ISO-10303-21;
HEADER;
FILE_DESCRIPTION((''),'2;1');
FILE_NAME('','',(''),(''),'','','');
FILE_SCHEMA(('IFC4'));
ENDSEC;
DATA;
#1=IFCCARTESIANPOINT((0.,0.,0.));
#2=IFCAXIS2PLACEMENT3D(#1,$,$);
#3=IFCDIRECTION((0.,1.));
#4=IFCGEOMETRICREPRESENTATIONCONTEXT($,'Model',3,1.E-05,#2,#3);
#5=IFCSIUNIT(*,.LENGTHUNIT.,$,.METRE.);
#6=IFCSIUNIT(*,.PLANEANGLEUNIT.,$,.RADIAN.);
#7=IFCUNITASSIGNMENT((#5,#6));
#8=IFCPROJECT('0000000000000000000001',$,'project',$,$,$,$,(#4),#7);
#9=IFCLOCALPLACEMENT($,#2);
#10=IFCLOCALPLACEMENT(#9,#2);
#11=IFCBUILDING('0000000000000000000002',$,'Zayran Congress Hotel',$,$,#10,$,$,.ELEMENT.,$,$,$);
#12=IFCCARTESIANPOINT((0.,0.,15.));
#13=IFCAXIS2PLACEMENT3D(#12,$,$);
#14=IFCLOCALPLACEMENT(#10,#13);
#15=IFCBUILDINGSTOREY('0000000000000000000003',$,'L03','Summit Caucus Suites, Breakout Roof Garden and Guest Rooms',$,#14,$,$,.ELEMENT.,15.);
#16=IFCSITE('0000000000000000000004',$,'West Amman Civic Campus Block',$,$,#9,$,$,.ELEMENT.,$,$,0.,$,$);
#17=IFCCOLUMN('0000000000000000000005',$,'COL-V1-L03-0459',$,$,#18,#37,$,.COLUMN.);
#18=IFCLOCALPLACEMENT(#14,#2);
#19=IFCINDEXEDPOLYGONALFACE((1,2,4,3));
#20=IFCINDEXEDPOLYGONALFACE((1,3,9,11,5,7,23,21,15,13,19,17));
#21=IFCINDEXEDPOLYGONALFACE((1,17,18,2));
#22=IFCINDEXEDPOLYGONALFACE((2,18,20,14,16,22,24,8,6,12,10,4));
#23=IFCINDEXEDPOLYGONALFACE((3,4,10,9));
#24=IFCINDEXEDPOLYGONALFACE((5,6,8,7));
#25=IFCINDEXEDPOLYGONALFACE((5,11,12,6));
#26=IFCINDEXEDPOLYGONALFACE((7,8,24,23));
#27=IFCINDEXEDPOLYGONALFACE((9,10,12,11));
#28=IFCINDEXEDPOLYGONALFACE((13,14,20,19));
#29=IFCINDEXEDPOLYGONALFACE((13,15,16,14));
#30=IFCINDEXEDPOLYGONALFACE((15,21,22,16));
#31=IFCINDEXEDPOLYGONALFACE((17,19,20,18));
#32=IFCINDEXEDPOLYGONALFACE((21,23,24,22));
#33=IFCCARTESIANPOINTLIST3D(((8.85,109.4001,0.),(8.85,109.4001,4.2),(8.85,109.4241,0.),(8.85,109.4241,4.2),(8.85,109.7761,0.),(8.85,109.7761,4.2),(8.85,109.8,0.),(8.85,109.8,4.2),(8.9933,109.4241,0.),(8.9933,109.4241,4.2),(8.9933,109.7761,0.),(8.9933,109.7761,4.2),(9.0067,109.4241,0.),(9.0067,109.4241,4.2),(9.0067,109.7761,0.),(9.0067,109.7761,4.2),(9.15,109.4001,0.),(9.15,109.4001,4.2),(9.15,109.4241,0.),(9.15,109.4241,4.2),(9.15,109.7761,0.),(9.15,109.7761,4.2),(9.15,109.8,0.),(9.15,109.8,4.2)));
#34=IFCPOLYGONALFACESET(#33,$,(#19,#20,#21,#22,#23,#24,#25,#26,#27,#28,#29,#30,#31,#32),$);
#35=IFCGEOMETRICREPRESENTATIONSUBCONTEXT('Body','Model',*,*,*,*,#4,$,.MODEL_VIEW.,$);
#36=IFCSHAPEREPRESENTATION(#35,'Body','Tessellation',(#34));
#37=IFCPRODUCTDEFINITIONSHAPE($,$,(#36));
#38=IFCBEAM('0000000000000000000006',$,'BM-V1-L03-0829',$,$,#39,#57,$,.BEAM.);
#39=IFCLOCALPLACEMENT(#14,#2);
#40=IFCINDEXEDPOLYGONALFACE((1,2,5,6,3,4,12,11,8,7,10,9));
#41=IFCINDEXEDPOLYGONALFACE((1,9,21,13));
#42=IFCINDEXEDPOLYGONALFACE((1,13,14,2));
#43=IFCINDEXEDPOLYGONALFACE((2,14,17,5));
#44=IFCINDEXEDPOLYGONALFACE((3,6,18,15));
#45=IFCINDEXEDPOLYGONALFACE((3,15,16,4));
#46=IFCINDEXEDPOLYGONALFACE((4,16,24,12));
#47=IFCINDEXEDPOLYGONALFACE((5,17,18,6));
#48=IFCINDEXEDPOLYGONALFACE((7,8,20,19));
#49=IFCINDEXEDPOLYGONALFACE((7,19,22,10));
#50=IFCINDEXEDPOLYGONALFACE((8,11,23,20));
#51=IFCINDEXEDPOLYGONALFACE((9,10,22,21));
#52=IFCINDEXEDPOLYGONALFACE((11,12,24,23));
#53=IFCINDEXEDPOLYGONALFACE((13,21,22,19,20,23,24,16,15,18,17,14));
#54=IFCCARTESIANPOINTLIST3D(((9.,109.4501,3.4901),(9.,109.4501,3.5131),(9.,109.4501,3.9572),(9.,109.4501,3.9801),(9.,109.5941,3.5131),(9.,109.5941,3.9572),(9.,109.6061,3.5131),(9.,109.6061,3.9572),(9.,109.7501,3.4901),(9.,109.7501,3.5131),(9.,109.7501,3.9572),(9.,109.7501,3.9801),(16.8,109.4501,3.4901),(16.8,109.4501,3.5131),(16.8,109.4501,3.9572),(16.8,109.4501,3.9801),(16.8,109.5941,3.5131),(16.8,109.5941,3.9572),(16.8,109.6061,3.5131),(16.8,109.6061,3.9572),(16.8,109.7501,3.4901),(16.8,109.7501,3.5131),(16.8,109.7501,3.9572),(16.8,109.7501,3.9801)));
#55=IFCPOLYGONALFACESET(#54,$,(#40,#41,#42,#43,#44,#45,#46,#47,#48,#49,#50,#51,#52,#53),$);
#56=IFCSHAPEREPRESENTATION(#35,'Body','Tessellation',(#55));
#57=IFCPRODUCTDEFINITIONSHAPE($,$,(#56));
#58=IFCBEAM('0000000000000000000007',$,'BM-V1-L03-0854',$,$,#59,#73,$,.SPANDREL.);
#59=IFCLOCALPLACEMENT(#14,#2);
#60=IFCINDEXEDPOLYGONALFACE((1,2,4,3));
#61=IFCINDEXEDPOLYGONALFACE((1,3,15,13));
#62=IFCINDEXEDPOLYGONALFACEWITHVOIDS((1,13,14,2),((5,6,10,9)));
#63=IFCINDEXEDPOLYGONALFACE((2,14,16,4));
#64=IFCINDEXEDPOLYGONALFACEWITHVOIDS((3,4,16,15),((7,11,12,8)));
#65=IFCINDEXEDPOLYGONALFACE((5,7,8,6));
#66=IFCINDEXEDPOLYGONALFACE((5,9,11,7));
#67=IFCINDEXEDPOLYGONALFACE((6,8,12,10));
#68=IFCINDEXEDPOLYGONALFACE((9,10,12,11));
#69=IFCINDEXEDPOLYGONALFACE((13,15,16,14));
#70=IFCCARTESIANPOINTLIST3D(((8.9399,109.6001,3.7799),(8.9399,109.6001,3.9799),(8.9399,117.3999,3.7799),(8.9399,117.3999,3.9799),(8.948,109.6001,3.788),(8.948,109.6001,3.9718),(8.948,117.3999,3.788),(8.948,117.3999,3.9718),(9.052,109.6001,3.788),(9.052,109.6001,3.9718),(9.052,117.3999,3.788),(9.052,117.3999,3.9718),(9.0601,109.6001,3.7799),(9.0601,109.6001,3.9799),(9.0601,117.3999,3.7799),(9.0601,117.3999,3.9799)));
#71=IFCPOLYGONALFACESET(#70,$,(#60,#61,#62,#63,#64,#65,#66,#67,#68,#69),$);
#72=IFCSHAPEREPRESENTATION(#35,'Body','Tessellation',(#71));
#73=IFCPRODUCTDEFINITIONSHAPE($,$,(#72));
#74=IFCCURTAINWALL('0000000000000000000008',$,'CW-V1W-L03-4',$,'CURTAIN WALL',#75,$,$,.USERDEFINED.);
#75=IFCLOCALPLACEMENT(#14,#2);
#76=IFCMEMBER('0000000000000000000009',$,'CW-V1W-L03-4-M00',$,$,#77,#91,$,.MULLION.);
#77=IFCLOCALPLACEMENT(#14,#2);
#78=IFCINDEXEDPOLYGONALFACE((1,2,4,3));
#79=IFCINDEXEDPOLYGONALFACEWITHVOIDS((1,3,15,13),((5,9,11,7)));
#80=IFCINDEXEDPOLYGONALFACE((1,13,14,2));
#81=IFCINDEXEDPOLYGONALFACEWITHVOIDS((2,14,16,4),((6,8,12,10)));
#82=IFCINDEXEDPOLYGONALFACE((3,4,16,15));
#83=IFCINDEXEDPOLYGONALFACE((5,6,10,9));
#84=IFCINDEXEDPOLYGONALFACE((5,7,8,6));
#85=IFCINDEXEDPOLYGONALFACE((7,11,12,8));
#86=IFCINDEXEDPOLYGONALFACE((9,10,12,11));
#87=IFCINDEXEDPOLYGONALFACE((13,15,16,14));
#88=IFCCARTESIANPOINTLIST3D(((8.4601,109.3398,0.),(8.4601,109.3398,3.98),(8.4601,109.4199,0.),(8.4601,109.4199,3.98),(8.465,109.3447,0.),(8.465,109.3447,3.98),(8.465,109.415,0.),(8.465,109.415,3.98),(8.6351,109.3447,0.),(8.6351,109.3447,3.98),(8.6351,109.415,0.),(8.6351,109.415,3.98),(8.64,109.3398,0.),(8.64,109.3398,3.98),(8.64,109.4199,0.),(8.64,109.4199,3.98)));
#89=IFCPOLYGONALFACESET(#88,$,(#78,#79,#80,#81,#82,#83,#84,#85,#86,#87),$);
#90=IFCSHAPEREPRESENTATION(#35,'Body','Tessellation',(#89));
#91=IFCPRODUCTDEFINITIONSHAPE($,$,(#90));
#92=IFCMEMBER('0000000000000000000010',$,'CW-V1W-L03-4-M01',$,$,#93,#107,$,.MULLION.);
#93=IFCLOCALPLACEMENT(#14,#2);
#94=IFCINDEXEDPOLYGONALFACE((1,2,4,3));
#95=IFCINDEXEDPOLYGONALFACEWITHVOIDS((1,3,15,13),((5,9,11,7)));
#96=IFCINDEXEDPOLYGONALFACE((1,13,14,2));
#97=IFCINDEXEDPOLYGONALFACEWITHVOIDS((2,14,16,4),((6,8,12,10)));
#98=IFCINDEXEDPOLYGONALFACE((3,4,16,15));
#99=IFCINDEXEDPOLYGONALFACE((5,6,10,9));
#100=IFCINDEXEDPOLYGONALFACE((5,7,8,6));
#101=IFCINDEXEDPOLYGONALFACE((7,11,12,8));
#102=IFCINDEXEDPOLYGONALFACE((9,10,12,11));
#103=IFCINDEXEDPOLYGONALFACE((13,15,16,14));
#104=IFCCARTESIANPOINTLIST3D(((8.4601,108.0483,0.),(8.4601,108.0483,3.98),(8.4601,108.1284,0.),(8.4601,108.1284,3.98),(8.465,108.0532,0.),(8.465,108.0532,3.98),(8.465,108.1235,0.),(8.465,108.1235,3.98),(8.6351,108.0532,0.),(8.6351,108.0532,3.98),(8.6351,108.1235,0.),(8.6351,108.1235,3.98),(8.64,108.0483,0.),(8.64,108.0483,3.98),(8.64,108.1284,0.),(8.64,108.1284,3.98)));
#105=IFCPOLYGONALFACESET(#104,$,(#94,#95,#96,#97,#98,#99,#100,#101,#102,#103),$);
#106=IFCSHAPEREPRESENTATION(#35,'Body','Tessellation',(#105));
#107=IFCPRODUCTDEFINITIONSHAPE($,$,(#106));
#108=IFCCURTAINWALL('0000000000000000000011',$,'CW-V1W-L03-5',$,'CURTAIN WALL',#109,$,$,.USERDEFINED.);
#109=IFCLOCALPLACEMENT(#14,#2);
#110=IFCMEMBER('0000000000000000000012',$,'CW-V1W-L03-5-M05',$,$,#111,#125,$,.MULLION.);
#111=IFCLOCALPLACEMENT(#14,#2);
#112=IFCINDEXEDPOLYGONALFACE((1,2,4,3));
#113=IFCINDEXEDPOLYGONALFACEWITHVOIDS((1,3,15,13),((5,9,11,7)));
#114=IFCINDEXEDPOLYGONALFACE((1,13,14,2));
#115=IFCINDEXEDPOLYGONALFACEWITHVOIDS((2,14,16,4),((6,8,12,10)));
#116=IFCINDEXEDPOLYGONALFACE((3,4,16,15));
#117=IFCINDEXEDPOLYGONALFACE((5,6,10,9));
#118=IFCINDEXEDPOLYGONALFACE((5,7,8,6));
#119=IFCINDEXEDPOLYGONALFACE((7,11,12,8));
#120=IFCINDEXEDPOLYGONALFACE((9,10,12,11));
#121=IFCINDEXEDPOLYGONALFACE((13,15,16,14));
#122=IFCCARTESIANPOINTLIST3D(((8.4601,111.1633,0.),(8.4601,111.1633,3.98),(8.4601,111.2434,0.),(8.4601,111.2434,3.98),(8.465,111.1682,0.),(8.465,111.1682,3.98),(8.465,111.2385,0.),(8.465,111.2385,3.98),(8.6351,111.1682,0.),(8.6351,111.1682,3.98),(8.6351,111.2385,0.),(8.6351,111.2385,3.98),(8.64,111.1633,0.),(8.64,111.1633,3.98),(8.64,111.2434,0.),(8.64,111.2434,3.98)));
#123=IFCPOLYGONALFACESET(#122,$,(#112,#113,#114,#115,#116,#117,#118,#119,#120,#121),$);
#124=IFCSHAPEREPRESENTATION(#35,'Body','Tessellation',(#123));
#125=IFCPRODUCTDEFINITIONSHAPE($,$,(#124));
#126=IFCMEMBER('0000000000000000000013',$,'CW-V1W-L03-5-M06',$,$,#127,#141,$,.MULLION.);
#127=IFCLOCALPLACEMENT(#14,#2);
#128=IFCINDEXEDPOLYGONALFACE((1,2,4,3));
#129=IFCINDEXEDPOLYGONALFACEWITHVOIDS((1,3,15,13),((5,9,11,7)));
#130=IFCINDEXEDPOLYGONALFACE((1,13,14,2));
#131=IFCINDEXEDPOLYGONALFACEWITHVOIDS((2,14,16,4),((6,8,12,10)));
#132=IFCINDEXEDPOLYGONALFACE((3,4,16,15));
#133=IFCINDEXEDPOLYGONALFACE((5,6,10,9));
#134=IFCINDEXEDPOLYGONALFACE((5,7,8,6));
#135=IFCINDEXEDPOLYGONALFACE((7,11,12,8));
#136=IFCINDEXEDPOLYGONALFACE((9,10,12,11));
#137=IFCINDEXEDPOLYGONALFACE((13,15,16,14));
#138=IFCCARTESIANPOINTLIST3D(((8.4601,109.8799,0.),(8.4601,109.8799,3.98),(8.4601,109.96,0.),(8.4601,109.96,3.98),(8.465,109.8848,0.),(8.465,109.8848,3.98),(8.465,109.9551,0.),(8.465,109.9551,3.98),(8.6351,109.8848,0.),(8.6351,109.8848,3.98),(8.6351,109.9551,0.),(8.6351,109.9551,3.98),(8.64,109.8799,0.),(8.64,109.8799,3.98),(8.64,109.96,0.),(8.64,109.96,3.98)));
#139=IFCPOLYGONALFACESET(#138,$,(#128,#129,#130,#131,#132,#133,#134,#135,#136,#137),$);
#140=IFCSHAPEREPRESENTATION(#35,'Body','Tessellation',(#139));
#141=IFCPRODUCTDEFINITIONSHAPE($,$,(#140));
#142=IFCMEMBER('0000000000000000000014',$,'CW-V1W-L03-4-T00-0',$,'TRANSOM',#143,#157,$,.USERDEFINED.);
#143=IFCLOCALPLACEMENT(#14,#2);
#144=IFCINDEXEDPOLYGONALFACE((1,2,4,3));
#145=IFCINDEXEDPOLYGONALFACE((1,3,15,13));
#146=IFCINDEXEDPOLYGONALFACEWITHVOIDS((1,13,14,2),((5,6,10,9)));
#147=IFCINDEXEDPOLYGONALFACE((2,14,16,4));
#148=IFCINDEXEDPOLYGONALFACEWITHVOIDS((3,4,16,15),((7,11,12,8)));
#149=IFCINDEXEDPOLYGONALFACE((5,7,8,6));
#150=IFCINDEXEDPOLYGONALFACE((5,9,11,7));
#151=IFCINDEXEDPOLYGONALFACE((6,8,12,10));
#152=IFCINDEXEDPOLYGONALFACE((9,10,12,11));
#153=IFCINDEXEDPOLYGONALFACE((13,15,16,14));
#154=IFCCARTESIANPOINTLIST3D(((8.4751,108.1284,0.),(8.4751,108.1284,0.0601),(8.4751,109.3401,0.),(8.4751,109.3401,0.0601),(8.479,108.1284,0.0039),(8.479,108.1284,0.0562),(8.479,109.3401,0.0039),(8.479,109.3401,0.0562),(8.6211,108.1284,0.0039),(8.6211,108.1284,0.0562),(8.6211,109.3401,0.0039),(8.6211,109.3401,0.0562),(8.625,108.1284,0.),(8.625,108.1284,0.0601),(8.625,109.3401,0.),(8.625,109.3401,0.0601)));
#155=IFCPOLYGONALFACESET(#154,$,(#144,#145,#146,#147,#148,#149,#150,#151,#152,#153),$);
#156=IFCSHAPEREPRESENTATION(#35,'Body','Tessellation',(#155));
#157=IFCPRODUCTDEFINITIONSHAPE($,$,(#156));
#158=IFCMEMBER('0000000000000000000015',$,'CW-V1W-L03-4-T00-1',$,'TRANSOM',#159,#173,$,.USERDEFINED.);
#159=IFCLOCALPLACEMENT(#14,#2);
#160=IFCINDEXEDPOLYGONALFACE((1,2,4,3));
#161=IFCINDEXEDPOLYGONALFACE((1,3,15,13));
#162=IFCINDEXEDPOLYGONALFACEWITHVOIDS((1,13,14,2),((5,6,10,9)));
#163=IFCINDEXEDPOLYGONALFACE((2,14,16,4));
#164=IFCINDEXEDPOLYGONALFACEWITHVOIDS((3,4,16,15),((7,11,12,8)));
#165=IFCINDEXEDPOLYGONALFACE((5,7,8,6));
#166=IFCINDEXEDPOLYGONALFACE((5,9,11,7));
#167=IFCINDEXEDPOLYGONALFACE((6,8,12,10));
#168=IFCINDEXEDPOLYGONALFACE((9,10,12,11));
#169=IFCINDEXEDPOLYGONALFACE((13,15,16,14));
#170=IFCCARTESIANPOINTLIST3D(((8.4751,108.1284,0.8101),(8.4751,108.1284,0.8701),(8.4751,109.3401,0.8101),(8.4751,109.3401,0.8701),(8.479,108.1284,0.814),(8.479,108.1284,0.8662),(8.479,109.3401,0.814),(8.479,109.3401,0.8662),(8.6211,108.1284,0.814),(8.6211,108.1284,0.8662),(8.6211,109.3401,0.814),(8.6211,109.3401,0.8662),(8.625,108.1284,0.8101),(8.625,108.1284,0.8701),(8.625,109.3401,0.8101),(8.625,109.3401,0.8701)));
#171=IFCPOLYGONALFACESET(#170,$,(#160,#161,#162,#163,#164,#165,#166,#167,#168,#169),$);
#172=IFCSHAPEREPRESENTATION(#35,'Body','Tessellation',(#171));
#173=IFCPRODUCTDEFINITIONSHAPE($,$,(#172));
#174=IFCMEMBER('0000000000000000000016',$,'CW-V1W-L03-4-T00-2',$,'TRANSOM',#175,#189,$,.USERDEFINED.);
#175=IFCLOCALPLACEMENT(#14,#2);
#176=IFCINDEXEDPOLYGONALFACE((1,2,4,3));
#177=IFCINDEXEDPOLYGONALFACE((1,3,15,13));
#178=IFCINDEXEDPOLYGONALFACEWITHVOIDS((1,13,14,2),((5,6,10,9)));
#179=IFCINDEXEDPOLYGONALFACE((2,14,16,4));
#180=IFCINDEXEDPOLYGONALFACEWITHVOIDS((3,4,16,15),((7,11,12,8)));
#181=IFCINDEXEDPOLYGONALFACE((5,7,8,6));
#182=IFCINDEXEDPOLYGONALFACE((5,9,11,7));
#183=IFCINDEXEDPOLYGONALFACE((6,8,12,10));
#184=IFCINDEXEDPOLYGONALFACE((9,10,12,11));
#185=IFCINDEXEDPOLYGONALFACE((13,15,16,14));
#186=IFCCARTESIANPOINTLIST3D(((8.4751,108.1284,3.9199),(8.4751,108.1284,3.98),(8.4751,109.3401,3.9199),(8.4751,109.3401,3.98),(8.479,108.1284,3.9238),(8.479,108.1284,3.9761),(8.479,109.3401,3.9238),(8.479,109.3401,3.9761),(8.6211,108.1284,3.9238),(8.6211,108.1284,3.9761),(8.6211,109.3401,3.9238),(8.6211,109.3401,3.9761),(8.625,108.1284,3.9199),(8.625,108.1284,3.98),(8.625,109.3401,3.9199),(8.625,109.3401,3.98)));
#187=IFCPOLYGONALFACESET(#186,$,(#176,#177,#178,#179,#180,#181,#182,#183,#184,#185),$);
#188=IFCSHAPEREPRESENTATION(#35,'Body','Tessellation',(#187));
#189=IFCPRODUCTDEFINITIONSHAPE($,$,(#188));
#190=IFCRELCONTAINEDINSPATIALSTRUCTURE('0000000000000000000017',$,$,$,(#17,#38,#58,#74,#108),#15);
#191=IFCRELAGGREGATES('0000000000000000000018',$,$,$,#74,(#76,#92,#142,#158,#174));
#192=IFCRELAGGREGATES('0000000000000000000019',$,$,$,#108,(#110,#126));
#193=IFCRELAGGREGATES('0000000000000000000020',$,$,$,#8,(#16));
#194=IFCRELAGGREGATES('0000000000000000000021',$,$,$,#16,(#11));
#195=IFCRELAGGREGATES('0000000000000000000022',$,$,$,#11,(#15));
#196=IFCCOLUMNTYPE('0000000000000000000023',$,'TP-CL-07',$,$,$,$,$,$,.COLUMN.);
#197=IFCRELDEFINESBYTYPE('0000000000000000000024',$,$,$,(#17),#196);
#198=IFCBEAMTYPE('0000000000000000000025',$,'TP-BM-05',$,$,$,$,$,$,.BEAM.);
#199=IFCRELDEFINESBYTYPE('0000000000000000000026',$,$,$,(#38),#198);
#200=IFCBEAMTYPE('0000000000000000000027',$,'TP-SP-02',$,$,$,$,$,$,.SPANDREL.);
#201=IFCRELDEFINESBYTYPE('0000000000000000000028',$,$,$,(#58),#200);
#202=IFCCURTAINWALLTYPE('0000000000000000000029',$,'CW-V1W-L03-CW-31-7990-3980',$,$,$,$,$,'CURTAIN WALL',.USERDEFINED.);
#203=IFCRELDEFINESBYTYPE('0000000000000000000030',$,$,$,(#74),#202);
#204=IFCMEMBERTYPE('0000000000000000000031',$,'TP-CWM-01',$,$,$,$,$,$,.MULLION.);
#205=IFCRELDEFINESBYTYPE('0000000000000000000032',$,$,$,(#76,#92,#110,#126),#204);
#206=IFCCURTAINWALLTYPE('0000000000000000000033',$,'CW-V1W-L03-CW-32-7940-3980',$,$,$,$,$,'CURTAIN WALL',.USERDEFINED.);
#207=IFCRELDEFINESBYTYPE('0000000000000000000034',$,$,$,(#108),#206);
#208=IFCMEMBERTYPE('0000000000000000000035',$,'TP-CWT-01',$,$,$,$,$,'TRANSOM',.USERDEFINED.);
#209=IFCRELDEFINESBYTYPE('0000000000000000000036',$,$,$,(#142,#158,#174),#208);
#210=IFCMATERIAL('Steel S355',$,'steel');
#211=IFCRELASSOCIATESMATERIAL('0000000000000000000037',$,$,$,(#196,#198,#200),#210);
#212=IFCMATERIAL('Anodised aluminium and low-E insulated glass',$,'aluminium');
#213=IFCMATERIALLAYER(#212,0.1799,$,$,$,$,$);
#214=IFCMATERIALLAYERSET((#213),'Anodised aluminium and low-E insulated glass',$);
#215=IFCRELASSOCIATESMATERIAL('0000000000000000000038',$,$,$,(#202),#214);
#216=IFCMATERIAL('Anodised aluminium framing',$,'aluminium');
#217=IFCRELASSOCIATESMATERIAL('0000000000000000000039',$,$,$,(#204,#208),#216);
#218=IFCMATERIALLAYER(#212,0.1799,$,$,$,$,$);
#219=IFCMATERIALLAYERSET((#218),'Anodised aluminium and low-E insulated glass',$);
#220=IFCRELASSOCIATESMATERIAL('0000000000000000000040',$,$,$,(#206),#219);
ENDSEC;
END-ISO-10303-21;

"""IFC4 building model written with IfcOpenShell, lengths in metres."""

from ifc_helpers import new_model, si_unit, direction, frame, origin, origin_2d, place, context, subcontext, project, spatial, hollow_rectangle, i_section, extrude, material, layer, layer_set, material_profile, profile_set, type_object, element, aggregate, save


model = new_model("IFC4")

# Units and contexts
model_context = context("Model", 3, precision=1e-05, world=origin(), true_north=direction((0.0, 1.0)))
body_context = subcontext(model_context, "Body", "Model", "MODEL_VIEW")
ifc_project = project(units=[si_unit("LENGTHUNIT", "METRE"), si_unit("PLANEANGLEUNIT", "RADIAN")], contexts=[model_context])

# Site, building, storey
site_placement = place(None, origin())
site = spatial("IfcSite", under=ifc_project, at=site_placement, Name="West Amman Civic Campus Block", CompositionType="ELEMENT", RefElevation=0.0)
building_placement = place(site_placement, origin())
building = spatial("IfcBuilding", under=site, at=building_placement, Name="Zayran Congress Hotel", CompositionType="ELEMENT")
storey_placement = place(building_placement, frame((0.0, 0.0, 15.0)))
storey = spatial("IfcBuildingStorey", under=building, at=storey_placement, Name="L03", Description="Summit Caucus Suites, Breakout Roof Garden and Guest Rooms", CompositionType="ELEMENT", Elevation=15.0)

# Column
ifc_material_1 = material(Name="Steel S355", Category="steel")
ifc_material_profile_1 = material_profile(ifc_material_1, i_section(OverallWidth=0.3, OverallDepth=0.3999, WebThickness=0.0134, FlangeThickness=0.0239, at=origin_2d()), Name="HEB 400")
ifc_profile_set_1 = profile_set([ifc_material_profile_1], Name="Steel S355")
column_type = type_object("IfcColumnType", Name="TP-CL-07", PredefinedType="COLUMN", material=ifc_profile_set_1)
column_placement = place(storey_placement, frame((9.0, 109.6001, 0.0), z_axis=(0.0, 0.0, 1.0), x_axis=(1.0, 0.0, 0.0)))
element("IfcColumn", 1, at=column_placement, inside=storey, type_object=column_type, Name="COL-V1-L03-0459", PredefinedType="COLUMN", context=body_context, shape_type="SweptSolid", body=[
    extrude(i_section(OverallWidth=0.3, OverallDepth=0.3999, WebThickness=0.0134, FlangeThickness=0.0239, at=origin_2d()), origin(), (0.0, 0.0, 1.0), 4.2),
])

# Beams
ifc_material_profile_2 = material_profile(ifc_material_1, i_section(OverallWidth=0.3, OverallDepth=0.49, WebThickness=0.012, FlangeThickness=0.0229, at=origin_2d()), Name="HEA 500")
ifc_profile_set_2 = profile_set([ifc_material_profile_2], Name="Steel S355")
beam_type_1 = type_object("IfcBeamType", Name="TP-BM-05", PredefinedType="BEAM", material=ifc_profile_set_2)
beam_1_placement = place(storey_placement, frame((9.0, 109.6001, 3.7351), z_axis=(1.0, 0.0, 0.0), x_axis=(0.0, 1.0, 0.0)))
element("IfcBeam", 2, at=beam_1_placement, inside=storey, type_object=beam_type_1, Name="BM-V1-L03-0829", PredefinedType="BEAM", context=body_context, shape_type="SweptSolid", body=[
    extrude(i_section(OverallWidth=0.3, OverallDepth=0.49, WebThickness=0.012, FlangeThickness=0.0229, at=origin_2d()), origin(), (0.0, 0.0, 1.0), 7.8),
])
ifc_material_profile_3 = material_profile(ifc_material_1, hollow_rectangle(XDim=0.1201, YDim=0.2, WallThickness=0.0081, at=origin_2d()), Name="RHS 200x120x8")
ifc_profile_set_3 = profile_set([ifc_material_profile_3], Name="Steel S355")
beam_type_2 = type_object("IfcBeamType", Name="TP-SP-02", PredefinedType="SPANDREL", material=ifc_profile_set_3)
beam_2_placement = place(storey_placement, frame((9.0, 109.6001, 3.8799), z_axis=(0.0, 1.0, 0.0), x_axis=(-1.0, 0.0, 0.0)))
element("IfcBeam", 3, at=beam_2_placement, inside=storey, type_object=beam_type_2, Name="BM-V1-L03-0854", PredefinedType="SPANDREL", context=body_context, shape_type="SweptSolid", body=[
    extrude(hollow_rectangle(XDim=0.1201, YDim=0.2, WallThickness=0.0081, at=origin_2d()), origin(), (0.0, 0.0, 1.0), 7.7998),
])

# Curtain walls, members
ifc_material_2 = material(Name="Anodised aluminium and low-E insulated glass", Category="aluminium")
ifc_layer_1 = layer(ifc_material_2, 0.1799)
ifc_layer_set_1 = layer_set([ifc_layer_1], Name="Anodised aluminium and low-E insulated glass")
curtain_wall_type_1 = type_object("IfcCurtainWallType", Name="CW-V1W-L03-CW-31-7990-3980", ElementType="CURTAIN WALL", PredefinedType="USERDEFINED", material=ifc_layer_set_1)
curtain_wall_1_placement = place(storey_placement, origin())
curtain_wall_1 = element("IfcCurtainWall", 4, at=curtain_wall_1_placement, inside=storey, type_object=curtain_wall_type_1, Name="CW-V1W-L03-4", ObjectType="CURTAIN WALL", PredefinedType="USERDEFINED")
ifc_material_3 = material(Name="Anodised aluminium framing", Category="aluminium")
ifc_material_profile_4 = material_profile(ifc_material_3, hollow_rectangle(XDim=0.0801, YDim=0.1799, WallThickness=0.0049, at=origin_2d()), Name="RHS 180x80x5")
ifc_profile_set_4 = profile_set([ifc_material_profile_4], Name="Anodised aluminium framing")
member_type_1 = type_object("IfcMemberType", Name="TP-CWM-01", PredefinedType="MULLION", material=ifc_profile_set_4)
member_1_placement = place(storey_placement, frame((8.55, 109.3799, 0.0), z_axis=(0.0, 0.0, 1.0), x_axis=(0.0, 1.0, 0.0)))
member_1 = element("IfcMember", 5, at=member_1_placement, type_object=member_type_1, Name="CW-V1W-L03-4-M00", PredefinedType="MULLION", context=body_context, shape_type="SweptSolid", body=[
    extrude(hollow_rectangle(XDim=0.0801, YDim=0.1799, WallThickness=0.0049, at=origin_2d()), origin(), (0.0, 0.0, 1.0), 3.98),
])
member_2_placement = place(storey_placement, frame((8.55, 108.0884, 0.0), z_axis=(0.0, 0.0, 1.0), x_axis=(0.0, 1.0, 0.0)))
member_2 = element("IfcMember", 6, at=member_2_placement, type_object=member_type_1, Name="CW-V1W-L03-4-M01", PredefinedType="MULLION", context=body_context, shape_type="SweptSolid", body=[
    extrude(hollow_rectangle(XDim=0.0801, YDim=0.1799, WallThickness=0.0049, at=origin_2d()), origin(), (0.0, 0.0, 1.0), 3.98),
])
ifc_layer_2 = layer(ifc_material_2, 0.1799)
ifc_layer_set_2 = layer_set([ifc_layer_2], Name="Anodised aluminium and low-E insulated glass")
curtain_wall_type_2 = type_object("IfcCurtainWallType", Name="CW-V1W-L03-CW-32-7940-3980", ElementType="CURTAIN WALL", PredefinedType="USERDEFINED", material=ifc_layer_set_2)
curtain_wall_2_placement = place(storey_placement, origin())
curtain_wall_2 = element("IfcCurtainWall", 7, at=curtain_wall_2_placement, inside=storey, type_object=curtain_wall_type_2, Name="CW-V1W-L03-5", ObjectType="CURTAIN WALL", PredefinedType="USERDEFINED")
member_3_placement = place(storey_placement, frame((8.55, 111.2034, 0.0), z_axis=(0.0, 0.0, 1.0), x_axis=(0.0, 1.0, 0.0)))
member_3 = element("IfcMember", 8, at=member_3_placement, type_object=member_type_1, Name="CW-V1W-L03-5-M05", PredefinedType="MULLION", context=body_context, shape_type="SweptSolid", body=[
    extrude(hollow_rectangle(XDim=0.0801, YDim=0.1799, WallThickness=0.0049, at=origin_2d()), origin(), (0.0, 0.0, 1.0), 3.98),
])
member_4_placement = place(storey_placement, frame((8.55, 109.9199, 0.0), z_axis=(0.0, 0.0, 1.0), x_axis=(0.0, 1.0, 0.0)))
member_4 = element("IfcMember", 9, at=member_4_placement, type_object=member_type_1, Name="CW-V1W-L03-5-M06", PredefinedType="MULLION", context=body_context, shape_type="SweptSolid", body=[
    extrude(hollow_rectangle(XDim=0.0801, YDim=0.1799, WallThickness=0.0049, at=origin_2d()), origin(), (0.0, 0.0, 1.0), 3.98),
])

# Members
ifc_material_profile_5 = material_profile(ifc_material_3, hollow_rectangle(XDim=0.0601, YDim=0.1499, WallThickness=0.0039, at=origin_2d()), Name="RHS 150x60x4")
ifc_profile_set_5 = profile_set([ifc_material_profile_5], Name="Anodised aluminium framing")
member_type_2 = type_object("IfcMemberType", Name="TP-CWT-01", ElementType="TRANSOM", PredefinedType="USERDEFINED", material=ifc_profile_set_5)
member_5_placement = place(storey_placement, frame((8.55, 109.3401, 0.03), z_axis=(0.0, -1.0, 0.0), x_axis=(0.0, 0.0, 1.0)))
member_5 = element("IfcMember", 10, at=member_5_placement, type_object=member_type_2, Name="CW-V1W-L03-4-T00-0", ObjectType="TRANSOM", PredefinedType="USERDEFINED", context=body_context, shape_type="SweptSolid", body=[
    extrude(hollow_rectangle(XDim=0.0601, YDim=0.1499, WallThickness=0.0039, at=origin_2d()), origin(), (0.0, 0.0, 1.0), 1.2117),
])
member_6_placement = place(storey_placement, frame((8.55, 109.3401, 0.8401), z_axis=(0.0, -1.0, 0.0), x_axis=(0.0, 0.0, 1.0)))
member_6 = element("IfcMember", 11, at=member_6_placement, type_object=member_type_2, Name="CW-V1W-L03-4-T00-1", ObjectType="TRANSOM", PredefinedType="USERDEFINED", context=body_context, shape_type="SweptSolid", body=[
    extrude(hollow_rectangle(XDim=0.0601, YDim=0.1499, WallThickness=0.0039, at=origin_2d()), origin(), (0.0, 0.0, 1.0), 1.2117),
])
member_7_placement = place(storey_placement, frame((8.55, 109.3401, 3.95), z_axis=(0.0, -1.0, 0.0), x_axis=(0.0, 0.0, 1.0)))
member_7 = element("IfcMember", 12, at=member_7_placement, type_object=member_type_2, Name="CW-V1W-L03-4-T00-2", ObjectType="TRANSOM", PredefinedType="USERDEFINED", context=body_context, shape_type="SweptSolid", body=[
    extrude(hollow_rectangle(XDim=0.0601, YDim=0.1499, WallThickness=0.0039, at=origin_2d()), origin(), (0.0, 0.0, 1.0), 1.2117),
])

aggregate(curtain_wall_1, [member_1, member_2, member_5, member_6, member_7])
aggregate(curtain_wall_2, [member_3, member_4])

save(model, "model.ifc")
